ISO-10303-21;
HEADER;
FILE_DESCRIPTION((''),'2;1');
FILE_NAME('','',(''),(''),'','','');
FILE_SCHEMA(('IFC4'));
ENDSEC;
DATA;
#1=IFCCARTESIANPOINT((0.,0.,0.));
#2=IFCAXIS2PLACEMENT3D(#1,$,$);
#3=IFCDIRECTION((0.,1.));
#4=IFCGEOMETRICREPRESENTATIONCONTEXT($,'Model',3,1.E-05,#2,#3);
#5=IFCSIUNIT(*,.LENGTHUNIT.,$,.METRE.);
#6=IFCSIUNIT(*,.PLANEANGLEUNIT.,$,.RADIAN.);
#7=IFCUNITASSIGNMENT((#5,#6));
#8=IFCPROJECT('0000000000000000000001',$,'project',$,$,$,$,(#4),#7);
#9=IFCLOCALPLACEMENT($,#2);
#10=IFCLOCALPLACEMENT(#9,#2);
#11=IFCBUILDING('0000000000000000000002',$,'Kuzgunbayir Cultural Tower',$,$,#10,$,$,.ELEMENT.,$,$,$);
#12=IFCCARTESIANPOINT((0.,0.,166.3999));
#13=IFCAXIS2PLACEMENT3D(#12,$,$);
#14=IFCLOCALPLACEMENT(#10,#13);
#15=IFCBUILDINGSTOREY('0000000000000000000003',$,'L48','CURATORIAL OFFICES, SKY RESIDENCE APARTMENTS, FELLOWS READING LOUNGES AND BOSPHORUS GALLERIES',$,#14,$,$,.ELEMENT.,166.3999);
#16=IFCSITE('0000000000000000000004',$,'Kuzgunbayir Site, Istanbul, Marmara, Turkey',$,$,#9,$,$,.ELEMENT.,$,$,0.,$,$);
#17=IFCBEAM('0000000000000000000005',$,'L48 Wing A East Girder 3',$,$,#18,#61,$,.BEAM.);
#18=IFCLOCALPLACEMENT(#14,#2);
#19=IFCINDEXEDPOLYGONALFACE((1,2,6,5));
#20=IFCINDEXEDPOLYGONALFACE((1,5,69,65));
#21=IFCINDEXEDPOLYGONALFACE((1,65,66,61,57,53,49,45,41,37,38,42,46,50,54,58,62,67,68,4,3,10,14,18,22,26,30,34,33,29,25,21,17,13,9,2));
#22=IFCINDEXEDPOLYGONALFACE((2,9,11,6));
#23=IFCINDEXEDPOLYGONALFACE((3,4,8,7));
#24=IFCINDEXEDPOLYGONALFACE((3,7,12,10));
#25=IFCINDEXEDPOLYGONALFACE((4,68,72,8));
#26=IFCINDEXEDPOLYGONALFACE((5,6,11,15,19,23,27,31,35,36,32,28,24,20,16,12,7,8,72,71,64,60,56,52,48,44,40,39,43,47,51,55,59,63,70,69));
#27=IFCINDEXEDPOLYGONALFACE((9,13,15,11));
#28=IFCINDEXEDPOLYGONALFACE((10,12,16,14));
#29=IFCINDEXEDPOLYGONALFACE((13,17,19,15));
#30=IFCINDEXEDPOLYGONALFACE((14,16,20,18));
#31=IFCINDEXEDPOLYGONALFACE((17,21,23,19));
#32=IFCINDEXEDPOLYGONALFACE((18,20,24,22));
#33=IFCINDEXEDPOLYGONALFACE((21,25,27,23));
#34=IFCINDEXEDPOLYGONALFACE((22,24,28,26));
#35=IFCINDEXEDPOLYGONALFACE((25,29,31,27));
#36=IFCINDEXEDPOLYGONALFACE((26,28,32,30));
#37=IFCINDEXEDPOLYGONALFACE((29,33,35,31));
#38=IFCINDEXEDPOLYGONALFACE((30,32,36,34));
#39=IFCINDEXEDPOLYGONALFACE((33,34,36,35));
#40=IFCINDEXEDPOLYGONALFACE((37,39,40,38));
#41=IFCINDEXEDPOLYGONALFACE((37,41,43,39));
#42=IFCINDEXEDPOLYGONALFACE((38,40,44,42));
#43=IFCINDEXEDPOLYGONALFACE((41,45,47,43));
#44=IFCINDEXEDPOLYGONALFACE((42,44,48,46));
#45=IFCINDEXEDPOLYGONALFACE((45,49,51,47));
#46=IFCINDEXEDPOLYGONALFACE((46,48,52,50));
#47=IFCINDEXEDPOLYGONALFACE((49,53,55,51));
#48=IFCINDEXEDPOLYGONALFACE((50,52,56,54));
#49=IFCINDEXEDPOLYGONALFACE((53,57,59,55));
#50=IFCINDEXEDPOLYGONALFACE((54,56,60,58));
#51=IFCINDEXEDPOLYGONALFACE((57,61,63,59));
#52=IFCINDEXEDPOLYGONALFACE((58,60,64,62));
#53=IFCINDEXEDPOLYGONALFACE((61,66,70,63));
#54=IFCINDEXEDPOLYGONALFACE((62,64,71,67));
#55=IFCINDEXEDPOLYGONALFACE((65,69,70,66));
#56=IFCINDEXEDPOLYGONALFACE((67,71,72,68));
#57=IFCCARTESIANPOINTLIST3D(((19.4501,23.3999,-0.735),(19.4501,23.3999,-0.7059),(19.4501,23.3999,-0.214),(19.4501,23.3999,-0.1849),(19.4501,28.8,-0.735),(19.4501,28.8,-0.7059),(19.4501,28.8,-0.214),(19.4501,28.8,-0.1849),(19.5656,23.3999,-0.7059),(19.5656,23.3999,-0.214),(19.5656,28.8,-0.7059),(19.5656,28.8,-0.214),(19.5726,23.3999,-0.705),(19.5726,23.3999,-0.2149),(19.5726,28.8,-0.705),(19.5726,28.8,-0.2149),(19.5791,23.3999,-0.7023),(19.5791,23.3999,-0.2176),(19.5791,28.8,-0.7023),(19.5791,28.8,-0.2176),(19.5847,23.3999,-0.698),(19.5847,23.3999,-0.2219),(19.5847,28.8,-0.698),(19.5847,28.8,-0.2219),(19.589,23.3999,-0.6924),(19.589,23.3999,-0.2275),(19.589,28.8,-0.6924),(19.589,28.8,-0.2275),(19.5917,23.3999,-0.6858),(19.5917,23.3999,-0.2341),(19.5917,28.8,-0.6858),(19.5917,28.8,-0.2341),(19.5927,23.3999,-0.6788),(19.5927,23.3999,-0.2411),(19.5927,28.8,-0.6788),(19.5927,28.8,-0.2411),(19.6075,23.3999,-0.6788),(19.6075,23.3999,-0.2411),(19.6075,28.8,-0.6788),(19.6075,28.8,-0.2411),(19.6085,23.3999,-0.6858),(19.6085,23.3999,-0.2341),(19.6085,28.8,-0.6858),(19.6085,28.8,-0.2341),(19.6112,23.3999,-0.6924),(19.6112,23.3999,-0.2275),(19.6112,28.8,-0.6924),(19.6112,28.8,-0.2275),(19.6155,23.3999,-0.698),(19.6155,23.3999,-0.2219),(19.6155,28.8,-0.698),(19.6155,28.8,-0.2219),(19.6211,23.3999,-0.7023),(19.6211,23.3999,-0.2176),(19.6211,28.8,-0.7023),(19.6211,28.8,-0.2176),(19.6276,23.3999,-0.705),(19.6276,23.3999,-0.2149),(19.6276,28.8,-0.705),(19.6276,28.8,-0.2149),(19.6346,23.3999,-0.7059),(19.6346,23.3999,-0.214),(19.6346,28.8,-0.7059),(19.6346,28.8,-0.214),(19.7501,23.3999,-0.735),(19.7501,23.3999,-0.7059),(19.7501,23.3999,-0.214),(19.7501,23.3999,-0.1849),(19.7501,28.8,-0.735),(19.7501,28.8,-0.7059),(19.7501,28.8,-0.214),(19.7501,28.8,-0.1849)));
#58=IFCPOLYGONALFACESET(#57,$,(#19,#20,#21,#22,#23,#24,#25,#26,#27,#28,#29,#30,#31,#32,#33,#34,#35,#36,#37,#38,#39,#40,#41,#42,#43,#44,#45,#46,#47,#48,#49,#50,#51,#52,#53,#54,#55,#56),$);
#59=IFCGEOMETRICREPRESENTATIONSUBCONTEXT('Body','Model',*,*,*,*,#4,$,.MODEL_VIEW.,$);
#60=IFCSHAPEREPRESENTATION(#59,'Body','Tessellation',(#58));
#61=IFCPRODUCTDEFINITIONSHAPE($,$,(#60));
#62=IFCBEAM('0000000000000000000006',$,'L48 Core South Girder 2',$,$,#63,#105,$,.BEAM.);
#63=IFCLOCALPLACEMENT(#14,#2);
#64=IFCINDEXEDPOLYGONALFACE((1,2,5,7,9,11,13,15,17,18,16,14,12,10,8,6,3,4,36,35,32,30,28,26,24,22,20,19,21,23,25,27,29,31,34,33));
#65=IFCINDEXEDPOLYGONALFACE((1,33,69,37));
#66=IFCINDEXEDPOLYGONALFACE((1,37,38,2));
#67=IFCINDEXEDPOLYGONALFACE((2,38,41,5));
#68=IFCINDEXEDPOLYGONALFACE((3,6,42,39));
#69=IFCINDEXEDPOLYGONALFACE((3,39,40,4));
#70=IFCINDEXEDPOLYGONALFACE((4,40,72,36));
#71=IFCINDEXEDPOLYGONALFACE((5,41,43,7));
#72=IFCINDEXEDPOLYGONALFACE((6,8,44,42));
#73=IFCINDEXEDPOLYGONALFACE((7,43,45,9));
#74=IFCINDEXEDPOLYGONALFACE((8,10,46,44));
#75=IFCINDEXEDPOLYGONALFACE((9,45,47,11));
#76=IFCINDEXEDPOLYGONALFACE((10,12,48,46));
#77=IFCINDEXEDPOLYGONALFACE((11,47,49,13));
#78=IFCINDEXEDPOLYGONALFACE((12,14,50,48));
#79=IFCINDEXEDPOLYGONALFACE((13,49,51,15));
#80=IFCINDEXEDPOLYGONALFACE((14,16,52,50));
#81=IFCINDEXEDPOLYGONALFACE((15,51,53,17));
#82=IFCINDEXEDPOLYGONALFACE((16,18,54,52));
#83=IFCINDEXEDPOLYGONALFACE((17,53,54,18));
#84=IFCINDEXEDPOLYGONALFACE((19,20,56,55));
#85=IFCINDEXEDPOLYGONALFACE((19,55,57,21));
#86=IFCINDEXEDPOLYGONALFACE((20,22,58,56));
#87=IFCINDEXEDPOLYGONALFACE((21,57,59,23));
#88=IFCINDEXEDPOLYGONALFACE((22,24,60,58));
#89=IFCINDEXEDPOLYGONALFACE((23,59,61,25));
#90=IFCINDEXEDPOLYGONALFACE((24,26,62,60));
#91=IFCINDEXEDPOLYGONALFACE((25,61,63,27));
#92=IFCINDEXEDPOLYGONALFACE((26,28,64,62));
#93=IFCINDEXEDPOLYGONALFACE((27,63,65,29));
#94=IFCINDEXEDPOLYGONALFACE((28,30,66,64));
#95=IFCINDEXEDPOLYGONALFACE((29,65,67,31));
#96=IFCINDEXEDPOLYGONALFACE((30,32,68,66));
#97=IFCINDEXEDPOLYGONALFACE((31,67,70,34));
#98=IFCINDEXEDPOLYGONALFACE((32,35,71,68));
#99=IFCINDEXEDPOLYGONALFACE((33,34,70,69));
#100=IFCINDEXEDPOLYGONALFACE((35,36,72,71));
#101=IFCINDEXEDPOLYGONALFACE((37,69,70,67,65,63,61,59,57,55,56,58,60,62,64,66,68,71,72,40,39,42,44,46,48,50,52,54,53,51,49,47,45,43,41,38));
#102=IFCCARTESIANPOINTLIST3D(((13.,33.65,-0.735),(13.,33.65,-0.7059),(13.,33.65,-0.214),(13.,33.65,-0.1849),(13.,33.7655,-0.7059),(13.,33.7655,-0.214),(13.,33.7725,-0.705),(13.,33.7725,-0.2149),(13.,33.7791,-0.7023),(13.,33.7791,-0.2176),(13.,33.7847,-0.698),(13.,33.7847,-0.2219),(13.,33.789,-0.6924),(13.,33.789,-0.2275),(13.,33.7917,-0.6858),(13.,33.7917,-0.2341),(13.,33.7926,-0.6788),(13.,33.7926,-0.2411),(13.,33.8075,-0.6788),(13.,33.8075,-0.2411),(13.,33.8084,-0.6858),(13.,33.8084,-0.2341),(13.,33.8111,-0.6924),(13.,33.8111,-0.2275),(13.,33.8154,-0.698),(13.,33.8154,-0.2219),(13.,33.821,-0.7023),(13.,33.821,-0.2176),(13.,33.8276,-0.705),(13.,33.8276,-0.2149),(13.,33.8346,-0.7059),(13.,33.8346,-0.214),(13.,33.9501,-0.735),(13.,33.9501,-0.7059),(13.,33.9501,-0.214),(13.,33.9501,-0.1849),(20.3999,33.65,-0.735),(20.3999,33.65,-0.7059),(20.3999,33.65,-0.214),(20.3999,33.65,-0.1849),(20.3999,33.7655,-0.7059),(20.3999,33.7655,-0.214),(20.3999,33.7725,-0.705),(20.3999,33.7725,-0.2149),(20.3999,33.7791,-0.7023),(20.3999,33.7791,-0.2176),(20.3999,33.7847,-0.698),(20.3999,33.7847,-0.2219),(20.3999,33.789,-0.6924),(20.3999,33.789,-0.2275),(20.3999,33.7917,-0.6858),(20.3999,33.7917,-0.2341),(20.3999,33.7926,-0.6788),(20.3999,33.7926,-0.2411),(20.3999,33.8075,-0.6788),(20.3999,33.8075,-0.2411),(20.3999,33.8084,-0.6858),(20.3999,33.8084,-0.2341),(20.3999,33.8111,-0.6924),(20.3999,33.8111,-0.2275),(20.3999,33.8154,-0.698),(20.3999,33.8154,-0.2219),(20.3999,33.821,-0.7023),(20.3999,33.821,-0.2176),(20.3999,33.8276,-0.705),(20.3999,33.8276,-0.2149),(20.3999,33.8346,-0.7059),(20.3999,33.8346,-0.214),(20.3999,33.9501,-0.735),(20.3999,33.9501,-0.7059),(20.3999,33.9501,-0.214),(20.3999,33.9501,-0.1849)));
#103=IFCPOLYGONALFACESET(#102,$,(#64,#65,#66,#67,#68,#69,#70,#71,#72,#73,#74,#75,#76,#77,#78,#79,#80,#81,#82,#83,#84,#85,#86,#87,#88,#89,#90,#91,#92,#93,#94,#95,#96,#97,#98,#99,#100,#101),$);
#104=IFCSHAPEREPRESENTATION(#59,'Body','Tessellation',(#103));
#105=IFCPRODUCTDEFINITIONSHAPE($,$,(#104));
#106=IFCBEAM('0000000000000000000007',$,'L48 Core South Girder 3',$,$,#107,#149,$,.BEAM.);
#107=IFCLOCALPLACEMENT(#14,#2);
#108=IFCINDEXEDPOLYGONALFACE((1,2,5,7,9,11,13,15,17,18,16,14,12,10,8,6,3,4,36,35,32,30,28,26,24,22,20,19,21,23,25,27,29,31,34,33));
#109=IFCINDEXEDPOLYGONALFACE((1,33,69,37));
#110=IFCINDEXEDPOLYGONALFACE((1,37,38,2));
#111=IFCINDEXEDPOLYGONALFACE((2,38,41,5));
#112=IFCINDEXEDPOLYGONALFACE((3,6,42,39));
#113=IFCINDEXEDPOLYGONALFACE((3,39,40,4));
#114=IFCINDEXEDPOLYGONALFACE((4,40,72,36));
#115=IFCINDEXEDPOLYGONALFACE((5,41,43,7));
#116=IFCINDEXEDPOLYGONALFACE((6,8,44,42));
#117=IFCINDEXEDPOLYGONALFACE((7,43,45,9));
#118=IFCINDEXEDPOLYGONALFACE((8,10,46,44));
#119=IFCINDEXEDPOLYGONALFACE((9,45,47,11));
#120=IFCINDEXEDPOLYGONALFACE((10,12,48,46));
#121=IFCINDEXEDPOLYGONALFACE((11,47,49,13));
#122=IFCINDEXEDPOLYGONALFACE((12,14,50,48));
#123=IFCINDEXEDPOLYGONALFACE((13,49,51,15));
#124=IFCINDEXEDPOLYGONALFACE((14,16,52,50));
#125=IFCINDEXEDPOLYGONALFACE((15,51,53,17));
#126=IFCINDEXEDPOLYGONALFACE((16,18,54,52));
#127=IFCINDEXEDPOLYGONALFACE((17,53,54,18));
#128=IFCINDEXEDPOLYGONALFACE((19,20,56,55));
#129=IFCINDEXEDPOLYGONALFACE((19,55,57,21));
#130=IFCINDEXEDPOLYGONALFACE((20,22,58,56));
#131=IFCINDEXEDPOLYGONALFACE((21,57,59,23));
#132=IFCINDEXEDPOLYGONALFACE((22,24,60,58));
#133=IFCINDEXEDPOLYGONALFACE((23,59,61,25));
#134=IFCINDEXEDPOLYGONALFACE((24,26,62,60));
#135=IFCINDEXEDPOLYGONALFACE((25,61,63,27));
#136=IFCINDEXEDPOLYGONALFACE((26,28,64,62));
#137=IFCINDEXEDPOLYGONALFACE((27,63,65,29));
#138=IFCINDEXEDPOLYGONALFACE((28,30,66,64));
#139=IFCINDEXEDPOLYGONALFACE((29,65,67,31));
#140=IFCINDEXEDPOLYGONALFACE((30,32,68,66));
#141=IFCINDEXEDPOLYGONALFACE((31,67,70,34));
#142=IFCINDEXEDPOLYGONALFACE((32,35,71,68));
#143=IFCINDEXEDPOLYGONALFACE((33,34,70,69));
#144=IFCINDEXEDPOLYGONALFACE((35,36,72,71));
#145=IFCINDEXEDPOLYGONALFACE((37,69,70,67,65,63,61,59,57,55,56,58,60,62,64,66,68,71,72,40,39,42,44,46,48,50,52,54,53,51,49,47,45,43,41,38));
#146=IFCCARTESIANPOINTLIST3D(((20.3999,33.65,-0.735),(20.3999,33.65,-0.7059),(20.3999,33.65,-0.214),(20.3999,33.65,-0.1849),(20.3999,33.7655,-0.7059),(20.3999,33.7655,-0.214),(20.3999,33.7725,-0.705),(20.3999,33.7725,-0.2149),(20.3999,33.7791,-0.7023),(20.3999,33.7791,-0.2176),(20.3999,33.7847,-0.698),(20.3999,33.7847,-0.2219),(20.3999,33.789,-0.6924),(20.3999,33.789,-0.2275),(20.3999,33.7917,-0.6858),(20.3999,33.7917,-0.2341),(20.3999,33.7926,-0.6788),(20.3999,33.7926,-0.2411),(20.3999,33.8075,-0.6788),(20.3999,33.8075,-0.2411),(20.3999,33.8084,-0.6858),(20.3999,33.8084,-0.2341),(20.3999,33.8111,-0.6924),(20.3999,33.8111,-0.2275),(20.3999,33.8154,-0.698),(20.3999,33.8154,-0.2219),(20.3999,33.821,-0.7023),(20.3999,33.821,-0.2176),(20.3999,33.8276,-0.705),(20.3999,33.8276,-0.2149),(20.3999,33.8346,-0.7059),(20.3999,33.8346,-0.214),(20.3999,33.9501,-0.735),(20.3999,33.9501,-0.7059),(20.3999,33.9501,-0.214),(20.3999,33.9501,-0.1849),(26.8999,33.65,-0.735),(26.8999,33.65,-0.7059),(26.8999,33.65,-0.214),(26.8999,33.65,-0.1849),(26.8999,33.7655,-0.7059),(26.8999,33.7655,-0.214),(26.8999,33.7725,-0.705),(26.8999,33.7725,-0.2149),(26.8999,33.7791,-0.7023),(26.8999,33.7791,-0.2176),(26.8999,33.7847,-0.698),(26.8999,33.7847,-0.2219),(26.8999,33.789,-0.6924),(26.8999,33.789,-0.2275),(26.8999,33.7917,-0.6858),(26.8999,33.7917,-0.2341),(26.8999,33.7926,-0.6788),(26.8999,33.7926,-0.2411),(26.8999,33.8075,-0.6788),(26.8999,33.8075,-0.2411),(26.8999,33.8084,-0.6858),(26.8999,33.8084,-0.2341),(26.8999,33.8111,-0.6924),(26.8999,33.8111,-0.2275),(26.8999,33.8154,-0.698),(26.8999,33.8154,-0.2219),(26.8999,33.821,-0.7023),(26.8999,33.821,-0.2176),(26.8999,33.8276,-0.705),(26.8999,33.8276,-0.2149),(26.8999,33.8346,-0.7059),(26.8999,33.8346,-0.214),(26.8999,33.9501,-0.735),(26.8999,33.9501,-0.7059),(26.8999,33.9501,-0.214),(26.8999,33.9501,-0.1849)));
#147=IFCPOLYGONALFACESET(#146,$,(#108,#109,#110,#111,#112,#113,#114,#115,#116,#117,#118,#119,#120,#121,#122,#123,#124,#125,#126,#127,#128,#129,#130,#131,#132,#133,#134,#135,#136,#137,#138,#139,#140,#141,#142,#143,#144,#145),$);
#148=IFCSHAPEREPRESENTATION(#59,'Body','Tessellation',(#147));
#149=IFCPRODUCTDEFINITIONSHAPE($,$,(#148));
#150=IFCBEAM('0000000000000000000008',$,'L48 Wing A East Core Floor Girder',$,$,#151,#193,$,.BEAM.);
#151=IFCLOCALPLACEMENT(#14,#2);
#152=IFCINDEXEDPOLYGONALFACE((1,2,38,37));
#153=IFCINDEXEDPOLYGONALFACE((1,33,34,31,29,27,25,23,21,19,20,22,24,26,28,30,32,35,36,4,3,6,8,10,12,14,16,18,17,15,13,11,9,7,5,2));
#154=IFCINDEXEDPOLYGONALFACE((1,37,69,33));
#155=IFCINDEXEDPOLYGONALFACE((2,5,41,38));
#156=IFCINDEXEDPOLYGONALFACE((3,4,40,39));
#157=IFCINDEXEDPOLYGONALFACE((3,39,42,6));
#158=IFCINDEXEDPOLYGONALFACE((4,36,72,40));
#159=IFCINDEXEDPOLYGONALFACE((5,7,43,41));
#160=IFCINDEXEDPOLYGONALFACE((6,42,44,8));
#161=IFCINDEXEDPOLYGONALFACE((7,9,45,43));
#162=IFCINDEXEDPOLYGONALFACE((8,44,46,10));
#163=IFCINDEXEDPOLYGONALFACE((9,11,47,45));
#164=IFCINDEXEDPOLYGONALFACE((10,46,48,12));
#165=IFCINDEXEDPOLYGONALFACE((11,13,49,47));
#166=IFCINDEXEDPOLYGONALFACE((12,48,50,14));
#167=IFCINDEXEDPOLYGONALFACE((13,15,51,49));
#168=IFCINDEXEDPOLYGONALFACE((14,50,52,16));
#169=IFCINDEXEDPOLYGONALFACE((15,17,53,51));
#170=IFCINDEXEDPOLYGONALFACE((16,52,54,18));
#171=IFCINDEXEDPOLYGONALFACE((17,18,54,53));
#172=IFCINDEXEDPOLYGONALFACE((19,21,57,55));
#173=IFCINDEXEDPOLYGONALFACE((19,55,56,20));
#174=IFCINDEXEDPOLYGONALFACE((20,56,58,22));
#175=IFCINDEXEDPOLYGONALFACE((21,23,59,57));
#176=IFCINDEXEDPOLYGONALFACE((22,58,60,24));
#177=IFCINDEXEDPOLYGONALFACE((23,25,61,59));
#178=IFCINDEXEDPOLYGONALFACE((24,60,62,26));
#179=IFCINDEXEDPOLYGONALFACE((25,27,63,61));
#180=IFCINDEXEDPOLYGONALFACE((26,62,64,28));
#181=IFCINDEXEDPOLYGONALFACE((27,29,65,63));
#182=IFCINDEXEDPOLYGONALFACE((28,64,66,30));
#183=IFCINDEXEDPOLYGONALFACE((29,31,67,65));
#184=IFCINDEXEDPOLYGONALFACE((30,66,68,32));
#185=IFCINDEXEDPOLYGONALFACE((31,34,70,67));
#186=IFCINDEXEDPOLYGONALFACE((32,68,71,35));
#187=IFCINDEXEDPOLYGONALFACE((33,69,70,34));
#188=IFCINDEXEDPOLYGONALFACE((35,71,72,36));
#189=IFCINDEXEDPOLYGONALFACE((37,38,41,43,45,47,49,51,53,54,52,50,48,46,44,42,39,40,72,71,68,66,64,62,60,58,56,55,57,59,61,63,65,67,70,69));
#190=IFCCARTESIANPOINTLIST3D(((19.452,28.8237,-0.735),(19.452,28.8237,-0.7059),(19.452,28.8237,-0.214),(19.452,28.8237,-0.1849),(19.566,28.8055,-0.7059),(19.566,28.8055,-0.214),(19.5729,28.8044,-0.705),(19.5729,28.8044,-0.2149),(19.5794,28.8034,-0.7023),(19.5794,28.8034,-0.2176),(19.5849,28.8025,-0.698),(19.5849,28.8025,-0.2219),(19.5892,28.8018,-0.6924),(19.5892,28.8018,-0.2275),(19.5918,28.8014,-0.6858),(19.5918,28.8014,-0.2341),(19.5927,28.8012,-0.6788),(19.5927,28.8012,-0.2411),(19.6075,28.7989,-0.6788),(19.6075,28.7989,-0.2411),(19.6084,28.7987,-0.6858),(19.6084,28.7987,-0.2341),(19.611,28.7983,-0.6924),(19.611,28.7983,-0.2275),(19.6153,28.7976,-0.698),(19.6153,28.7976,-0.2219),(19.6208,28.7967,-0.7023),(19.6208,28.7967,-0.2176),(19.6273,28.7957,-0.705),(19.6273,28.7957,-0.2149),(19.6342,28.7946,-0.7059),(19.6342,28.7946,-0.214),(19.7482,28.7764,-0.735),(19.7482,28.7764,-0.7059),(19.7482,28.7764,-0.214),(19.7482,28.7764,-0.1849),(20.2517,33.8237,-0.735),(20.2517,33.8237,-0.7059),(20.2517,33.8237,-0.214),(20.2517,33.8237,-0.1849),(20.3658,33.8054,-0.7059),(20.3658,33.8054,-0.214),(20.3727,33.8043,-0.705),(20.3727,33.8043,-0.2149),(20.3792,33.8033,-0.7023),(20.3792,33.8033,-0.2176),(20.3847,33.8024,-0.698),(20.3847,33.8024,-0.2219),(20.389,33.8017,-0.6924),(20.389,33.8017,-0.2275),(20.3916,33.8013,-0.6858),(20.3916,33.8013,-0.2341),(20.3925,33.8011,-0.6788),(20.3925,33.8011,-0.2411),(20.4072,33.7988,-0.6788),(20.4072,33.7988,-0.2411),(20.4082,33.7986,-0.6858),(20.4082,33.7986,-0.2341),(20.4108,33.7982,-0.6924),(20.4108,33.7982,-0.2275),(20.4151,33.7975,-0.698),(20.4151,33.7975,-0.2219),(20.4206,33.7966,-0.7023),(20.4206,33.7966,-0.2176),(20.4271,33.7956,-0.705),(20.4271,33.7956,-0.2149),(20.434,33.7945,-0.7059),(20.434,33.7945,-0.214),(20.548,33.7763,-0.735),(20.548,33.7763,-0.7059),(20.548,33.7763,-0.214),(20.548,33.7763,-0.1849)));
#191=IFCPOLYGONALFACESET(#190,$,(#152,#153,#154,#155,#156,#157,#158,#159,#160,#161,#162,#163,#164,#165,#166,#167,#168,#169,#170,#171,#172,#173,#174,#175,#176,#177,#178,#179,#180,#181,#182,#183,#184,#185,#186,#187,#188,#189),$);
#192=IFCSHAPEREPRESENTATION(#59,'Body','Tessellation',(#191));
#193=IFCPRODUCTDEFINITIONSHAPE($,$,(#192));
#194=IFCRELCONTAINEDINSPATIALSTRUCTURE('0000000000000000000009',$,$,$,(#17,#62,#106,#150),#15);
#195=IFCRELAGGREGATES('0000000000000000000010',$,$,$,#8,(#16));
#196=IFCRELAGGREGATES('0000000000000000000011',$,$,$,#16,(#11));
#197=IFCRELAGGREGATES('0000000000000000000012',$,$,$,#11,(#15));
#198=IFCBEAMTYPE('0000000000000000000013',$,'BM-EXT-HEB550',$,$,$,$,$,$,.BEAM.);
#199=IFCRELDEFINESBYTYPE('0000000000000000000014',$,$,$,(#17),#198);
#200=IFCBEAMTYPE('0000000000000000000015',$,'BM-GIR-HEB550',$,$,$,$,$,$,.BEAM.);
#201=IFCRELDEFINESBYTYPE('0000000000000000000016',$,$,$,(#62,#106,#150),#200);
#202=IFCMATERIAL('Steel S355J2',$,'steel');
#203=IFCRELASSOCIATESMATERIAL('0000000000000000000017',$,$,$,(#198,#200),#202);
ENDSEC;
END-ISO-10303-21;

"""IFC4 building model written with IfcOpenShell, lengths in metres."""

from ifc_helpers import new_model, si_unit, direction, frame, origin, origin_2d, place, context, subcontext, project, spatial, i_section, extrude, material, material_profile, profile_set, type_object, element, save


model = new_model("IFC4")

# Units and contexts
model_context = context("Model", 3, precision=1e-05, world=origin(), true_north=direction((0.0, 1.0)))
body_context = subcontext(model_context, "Body", "Model", "MODEL_VIEW")
ifc_project = project(units=[si_unit("LENGTHUNIT", "METRE"), si_unit("PLANEANGLEUNIT", "RADIAN")], contexts=[model_context])

# Site, building, storey
site_placement = place(None, origin())
site = spatial("IfcSite", under=ifc_project, at=site_placement, Name="Kuzgunbayir Site, Istanbul, Marmara, Turkey", CompositionType="ELEMENT", RefElevation=0.0)
building_placement = place(site_placement, origin())
building = spatial("IfcBuilding", under=site, at=building_placement, Name="Kuzgunbayir Cultural Tower", CompositionType="ELEMENT")
storey_placement = place(building_placement, frame((0.0, 0.0, 166.3999)))
storey = spatial("IfcBuildingStorey", under=building, at=storey_placement, Name="L48", Description="CURATORIAL OFFICES, SKY RESIDENCE APARTMENTS, FELLOWS READING LOUNGES AND BOSPHORUS GALLERIES", CompositionType="ELEMENT", Elevation=166.3999)

# Beams
ifc_material_1 = material(Name="Steel S355J2", Category="steel")
ifc_material_profile_1 = material_profile(ifc_material_1, i_section(OverallWidth=0.3, OverallDepth=0.55, WebThickness=0.0149, FlangeThickness=0.0291, FilletRadius=0.0271, at=origin_2d()), Name="HEB 550")
ifc_profile_set_1 = profile_set([ifc_material_profile_1], Name="Steel S355J2")
beam_type_1 = type_object("IfcBeamType", Name="BM-EXT-HEB550", PredefinedType="BEAM", material=ifc_profile_set_1)
beam_1_placement = place(storey_placement, frame((19.6001, 23.3999, -0.46), z_axis=(0.0, 1.0, 0.0), x_axis=(-1.0, 0.0, 0.0)))
element("IfcBeam", 1, at=beam_1_placement, inside=storey, type_object=beam_type_1, Name="L48 Wing A East Girder 3", PredefinedType="BEAM", context=body_context, shape_type="SweptSolid", body=[
    extrude(i_section(OverallWidth=0.3, OverallDepth=0.55, WebThickness=0.0149, FlangeThickness=0.0291, FilletRadius=0.0271, at=origin_2d()), origin(), (0.0, 0.0, 1.0), 5.4001),
])
ifc_material_profile_2 = material_profile(ifc_material_1, i_section(OverallWidth=0.3, OverallDepth=0.55, WebThickness=0.0149, FlangeThickness=0.0291, FilletRadius=0.0271, at=origin_2d()), Name="HEB 550")
ifc_profile_set_2 = profile_set([ifc_material_profile_2], Name="Steel S355J2")
beam_type_2 = type_object("IfcBeamType", Name="BM-GIR-HEB550", PredefinedType="BEAM", material=ifc_profile_set_2)
beam_2_placement = place(storey_placement, frame((13.0, 33.8, -0.46), z_axis=(1.0, 0.0, 0.0), x_axis=(0.0, 1.0, 0.0)))
element("IfcBeam", 2, at=beam_2_placement, inside=storey, type_object=beam_type_2, Name="L48 Core South Girder 2", PredefinedType="BEAM", context=body_context, shape_type="SweptSolid", body=[
    extrude(i_section(OverallWidth=0.3, OverallDepth=0.55, WebThickness=0.0149, FlangeThickness=0.0291, FilletRadius=0.0271, at=origin_2d()), origin(), (0.0, 0.0, 1.0), 7.3999),
])
beam_3_placement = place(storey_placement, frame((20.3999, 33.8, -0.46), z_axis=(1.0, 0.0, 0.0), x_axis=(0.0, 1.0, 0.0)))
element("IfcBeam", 3, at=beam_3_placement, inside=storey, type_object=beam_type_2, Name="L48 Core South Girder 3", PredefinedType="BEAM", context=body_context, shape_type="SweptSolid", body=[
    extrude(i_section(OverallWidth=0.3, OverallDepth=0.55, WebThickness=0.0149, FlangeThickness=0.0291, FilletRadius=0.0271, at=origin_2d()), origin(), (0.0, 0.0, 1.0), 6.5),
])
beam_4_placement = place(storey_placement, frame((19.6001, 28.8, -0.46), z_axis=(0.157953, 0.987447, 0.0), x_axis=(-0.987447, 0.157953, 0.0)))
element("IfcBeam", 4, at=beam_4_placement, inside=storey, type_object=beam_type_2, Name="L48 Wing A East Core Floor Girder", PredefinedType="BEAM", context=body_context, shape_type="SweptSolid", body=[
    extrude(i_section(OverallWidth=0.3, OverallDepth=0.55, WebThickness=0.0149, FlangeThickness=0.0291, FilletRadius=0.0271, at=origin_2d()), origin(), (0.0, 0.0, 1.0), 5.0635),
])

save(model, "model.ifc")
